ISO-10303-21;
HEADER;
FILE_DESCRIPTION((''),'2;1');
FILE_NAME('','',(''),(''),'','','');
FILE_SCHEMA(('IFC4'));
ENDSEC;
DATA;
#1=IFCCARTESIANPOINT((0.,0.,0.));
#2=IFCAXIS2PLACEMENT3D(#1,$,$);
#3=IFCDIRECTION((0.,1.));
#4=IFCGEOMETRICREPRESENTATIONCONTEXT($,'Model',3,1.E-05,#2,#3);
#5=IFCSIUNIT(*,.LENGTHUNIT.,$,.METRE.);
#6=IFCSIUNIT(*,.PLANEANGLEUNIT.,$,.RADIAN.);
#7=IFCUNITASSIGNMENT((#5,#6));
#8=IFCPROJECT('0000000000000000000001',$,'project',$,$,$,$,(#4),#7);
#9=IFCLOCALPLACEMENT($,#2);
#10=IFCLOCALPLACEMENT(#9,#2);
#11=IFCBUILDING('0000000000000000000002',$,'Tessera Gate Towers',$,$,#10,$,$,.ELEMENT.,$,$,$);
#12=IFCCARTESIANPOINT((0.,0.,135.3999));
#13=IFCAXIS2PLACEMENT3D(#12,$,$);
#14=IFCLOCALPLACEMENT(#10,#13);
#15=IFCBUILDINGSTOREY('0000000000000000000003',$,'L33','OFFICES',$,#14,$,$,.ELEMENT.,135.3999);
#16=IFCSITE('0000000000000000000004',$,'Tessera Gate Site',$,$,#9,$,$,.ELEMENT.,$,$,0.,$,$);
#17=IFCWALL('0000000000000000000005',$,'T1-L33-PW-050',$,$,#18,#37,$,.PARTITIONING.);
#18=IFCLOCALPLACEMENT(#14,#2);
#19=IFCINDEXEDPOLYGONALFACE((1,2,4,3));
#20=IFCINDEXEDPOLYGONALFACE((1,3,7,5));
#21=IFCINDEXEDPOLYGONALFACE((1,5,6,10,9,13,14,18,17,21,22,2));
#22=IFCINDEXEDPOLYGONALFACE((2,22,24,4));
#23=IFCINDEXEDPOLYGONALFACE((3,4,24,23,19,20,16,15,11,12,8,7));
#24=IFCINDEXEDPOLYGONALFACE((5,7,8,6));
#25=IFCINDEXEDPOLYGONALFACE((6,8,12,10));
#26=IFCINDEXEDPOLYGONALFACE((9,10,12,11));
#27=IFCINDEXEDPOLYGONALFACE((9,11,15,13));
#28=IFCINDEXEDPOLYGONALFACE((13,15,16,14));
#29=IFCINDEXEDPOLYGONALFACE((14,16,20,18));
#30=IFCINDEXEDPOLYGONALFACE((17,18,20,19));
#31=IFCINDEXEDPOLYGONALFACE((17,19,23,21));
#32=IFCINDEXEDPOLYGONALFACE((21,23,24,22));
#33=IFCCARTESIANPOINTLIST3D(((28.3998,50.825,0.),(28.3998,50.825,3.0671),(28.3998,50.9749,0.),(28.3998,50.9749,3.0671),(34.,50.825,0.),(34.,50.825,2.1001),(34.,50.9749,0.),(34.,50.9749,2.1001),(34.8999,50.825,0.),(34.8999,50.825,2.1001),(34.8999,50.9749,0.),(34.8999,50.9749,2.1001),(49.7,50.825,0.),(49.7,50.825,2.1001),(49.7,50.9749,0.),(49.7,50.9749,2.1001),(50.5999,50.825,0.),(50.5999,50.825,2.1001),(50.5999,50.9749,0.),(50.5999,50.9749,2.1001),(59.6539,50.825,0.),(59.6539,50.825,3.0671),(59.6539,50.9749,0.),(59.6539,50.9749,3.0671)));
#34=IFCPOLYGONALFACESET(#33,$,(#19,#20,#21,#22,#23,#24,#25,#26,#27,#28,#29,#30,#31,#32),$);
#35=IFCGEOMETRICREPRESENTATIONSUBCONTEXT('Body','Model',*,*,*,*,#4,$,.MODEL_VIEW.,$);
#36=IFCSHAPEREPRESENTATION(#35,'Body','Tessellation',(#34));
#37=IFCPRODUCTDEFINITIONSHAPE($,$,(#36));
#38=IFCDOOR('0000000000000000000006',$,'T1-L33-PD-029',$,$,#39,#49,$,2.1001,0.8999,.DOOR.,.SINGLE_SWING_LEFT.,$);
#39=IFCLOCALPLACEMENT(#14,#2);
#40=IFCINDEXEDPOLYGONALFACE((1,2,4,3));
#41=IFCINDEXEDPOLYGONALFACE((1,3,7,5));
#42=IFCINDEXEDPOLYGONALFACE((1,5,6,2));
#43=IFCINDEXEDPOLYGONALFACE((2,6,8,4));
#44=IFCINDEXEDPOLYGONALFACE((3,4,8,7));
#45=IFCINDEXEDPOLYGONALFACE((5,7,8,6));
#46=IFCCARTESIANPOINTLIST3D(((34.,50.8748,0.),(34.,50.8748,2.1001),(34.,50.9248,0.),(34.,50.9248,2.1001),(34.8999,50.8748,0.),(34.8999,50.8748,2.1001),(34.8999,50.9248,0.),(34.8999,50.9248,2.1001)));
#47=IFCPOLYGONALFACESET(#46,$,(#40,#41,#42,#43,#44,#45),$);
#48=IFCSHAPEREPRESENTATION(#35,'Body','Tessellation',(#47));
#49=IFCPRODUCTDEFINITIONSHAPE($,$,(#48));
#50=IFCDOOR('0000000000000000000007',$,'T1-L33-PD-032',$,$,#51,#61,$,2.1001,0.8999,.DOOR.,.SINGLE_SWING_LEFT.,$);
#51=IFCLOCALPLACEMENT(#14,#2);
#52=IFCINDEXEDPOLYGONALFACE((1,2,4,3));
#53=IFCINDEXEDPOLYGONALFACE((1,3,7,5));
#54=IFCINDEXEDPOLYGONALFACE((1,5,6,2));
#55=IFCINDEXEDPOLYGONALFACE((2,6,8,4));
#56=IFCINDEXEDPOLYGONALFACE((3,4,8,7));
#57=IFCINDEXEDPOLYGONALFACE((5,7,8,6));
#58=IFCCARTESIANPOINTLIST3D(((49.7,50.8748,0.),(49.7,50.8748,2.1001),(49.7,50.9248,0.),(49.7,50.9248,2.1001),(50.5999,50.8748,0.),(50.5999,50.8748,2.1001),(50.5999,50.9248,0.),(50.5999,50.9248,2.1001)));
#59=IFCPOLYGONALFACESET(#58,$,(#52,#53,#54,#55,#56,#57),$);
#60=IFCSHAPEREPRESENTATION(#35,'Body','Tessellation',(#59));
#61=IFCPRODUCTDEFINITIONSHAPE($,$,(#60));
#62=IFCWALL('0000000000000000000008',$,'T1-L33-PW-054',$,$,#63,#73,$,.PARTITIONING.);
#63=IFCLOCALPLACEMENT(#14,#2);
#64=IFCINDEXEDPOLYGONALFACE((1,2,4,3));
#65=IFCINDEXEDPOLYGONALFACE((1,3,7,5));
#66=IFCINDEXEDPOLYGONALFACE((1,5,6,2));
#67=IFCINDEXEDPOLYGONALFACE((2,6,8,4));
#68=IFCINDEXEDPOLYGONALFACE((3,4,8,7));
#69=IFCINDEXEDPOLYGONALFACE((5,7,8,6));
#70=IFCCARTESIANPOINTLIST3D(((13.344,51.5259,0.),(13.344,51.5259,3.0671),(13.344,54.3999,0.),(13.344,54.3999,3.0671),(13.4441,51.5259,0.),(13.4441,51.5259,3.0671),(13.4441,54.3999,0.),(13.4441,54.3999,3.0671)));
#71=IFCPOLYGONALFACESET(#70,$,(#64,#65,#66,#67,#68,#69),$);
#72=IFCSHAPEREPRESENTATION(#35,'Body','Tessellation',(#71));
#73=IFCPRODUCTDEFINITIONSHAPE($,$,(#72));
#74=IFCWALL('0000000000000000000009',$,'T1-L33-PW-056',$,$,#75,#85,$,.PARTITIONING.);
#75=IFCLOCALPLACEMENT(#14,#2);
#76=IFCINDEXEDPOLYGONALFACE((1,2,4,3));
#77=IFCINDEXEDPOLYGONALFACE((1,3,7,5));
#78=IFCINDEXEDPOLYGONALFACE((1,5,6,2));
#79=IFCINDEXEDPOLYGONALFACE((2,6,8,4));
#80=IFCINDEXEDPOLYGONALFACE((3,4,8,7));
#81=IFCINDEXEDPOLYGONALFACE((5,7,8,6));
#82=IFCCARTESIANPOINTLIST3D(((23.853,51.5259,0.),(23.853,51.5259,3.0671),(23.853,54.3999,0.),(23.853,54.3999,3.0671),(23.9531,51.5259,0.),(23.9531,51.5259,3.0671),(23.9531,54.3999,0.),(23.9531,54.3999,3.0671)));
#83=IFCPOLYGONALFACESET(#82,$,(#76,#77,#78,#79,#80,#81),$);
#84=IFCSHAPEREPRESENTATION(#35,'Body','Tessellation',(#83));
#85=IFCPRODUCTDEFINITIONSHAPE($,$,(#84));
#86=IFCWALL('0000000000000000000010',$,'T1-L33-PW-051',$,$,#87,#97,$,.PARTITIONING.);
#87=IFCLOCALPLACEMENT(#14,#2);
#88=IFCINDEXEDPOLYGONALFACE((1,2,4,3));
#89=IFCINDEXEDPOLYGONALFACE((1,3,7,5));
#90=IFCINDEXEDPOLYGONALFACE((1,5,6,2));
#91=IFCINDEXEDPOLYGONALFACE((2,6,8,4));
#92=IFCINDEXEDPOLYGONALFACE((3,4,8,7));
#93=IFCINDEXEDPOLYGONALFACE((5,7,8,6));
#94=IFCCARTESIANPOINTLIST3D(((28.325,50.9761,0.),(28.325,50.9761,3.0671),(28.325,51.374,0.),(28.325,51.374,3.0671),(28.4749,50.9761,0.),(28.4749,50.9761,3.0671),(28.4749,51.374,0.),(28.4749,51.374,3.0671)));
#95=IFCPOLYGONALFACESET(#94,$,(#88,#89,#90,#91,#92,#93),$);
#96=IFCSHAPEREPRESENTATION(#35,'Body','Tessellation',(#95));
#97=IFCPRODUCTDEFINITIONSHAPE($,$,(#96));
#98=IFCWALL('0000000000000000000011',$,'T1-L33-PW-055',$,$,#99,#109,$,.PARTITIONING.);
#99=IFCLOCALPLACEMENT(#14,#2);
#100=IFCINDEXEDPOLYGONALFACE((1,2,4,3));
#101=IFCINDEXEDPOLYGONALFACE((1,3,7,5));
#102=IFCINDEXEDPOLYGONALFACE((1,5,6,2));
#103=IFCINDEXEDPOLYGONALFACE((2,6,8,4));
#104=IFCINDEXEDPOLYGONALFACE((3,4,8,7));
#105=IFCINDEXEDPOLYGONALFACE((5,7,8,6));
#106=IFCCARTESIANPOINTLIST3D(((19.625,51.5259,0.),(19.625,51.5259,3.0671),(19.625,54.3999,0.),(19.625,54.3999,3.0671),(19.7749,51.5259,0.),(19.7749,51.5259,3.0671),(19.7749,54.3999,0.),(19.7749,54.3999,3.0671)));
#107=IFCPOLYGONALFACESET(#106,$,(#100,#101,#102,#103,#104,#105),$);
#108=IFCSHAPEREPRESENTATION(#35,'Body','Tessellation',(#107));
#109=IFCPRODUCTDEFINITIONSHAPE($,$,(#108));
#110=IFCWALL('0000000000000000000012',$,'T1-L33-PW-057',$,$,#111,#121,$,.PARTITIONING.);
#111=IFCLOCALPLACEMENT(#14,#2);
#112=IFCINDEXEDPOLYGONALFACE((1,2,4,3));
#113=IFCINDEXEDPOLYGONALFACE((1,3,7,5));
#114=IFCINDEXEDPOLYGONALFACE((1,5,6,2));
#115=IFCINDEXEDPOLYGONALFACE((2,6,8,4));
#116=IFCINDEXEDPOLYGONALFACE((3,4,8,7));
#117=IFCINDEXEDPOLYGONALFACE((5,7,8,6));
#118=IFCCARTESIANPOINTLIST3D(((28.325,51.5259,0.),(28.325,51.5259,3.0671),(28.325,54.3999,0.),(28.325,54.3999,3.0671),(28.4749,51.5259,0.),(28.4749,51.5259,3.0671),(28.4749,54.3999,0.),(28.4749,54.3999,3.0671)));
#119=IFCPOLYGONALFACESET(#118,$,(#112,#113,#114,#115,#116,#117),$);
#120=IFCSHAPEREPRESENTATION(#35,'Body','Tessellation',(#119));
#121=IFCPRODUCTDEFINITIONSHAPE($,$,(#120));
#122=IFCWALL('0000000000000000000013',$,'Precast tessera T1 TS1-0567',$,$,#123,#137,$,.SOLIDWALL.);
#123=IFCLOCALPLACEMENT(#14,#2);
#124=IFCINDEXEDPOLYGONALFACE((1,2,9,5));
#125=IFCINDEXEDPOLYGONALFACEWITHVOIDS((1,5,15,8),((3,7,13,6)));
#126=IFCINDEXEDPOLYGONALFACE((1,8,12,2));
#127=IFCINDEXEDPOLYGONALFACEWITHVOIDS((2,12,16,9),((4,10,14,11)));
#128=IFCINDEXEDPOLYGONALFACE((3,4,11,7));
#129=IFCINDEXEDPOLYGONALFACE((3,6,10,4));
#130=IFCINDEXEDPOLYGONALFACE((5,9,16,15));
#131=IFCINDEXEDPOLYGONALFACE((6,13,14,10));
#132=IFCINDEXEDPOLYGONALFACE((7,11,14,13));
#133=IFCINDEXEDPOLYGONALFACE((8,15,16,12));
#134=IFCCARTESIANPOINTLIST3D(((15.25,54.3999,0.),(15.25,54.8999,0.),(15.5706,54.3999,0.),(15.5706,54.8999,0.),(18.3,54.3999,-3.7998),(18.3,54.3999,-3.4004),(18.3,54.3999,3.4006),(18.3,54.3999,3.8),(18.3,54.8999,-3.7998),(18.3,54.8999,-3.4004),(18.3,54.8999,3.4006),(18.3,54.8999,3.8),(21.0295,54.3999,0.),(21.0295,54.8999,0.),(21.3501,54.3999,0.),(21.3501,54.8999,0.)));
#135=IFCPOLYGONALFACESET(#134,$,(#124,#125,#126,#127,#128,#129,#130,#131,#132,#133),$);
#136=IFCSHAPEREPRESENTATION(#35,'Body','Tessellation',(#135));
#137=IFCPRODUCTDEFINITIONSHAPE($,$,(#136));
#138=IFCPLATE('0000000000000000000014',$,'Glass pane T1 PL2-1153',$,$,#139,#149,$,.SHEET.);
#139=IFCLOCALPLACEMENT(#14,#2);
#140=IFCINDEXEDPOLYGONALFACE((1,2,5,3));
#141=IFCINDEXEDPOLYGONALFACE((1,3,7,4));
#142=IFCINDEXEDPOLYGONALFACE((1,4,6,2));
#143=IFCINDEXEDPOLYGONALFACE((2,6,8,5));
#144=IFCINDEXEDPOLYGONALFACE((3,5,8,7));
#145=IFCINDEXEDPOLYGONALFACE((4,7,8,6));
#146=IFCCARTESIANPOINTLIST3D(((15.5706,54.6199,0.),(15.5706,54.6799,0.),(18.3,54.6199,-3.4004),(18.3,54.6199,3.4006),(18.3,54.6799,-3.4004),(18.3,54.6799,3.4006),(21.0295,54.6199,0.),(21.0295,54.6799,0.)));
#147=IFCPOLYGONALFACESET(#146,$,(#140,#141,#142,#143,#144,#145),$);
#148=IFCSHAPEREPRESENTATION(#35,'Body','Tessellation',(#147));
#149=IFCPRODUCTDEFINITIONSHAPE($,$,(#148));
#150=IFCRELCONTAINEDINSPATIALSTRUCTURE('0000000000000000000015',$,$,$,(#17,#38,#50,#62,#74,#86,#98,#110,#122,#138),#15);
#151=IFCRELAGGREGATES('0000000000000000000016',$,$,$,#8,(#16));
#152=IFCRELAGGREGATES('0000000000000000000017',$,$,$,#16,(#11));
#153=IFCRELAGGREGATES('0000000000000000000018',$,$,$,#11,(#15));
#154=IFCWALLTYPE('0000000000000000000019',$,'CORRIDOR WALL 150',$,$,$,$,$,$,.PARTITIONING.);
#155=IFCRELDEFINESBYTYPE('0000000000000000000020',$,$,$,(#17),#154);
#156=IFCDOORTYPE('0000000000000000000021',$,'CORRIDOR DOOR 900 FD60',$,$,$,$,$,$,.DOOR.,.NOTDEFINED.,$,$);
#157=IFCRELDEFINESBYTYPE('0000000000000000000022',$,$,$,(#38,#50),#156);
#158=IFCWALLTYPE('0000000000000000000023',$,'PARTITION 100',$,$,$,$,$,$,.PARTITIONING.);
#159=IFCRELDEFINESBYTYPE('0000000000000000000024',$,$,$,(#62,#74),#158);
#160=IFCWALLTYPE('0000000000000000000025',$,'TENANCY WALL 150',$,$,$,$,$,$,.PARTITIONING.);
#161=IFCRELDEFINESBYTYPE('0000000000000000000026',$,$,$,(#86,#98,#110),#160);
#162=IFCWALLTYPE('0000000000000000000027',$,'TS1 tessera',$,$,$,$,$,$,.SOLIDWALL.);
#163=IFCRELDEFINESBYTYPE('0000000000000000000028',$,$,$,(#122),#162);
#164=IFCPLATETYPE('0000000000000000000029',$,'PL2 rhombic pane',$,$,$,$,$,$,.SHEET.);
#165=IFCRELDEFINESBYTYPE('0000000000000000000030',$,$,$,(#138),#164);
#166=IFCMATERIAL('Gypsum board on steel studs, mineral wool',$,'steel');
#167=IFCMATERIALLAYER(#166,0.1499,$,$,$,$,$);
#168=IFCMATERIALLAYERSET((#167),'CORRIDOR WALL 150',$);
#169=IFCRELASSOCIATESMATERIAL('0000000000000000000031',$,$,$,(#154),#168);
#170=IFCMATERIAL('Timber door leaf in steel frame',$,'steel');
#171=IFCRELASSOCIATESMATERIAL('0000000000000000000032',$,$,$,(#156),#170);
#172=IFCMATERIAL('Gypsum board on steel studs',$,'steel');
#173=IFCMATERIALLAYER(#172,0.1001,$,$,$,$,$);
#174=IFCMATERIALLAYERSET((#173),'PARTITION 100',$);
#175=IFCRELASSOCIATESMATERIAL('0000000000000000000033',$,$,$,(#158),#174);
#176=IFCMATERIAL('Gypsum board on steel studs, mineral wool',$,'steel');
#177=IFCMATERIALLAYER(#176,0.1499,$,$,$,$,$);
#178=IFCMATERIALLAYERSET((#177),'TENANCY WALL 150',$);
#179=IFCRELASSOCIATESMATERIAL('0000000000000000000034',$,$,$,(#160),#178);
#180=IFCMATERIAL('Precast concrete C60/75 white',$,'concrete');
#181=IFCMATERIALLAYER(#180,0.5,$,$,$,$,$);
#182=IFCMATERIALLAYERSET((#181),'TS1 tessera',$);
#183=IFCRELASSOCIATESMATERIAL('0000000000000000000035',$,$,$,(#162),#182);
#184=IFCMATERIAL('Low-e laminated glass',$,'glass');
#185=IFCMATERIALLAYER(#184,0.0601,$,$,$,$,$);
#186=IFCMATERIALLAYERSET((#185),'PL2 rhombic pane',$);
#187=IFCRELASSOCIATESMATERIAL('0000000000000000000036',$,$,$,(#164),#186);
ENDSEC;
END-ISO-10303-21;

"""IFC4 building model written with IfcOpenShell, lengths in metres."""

from ifc_helpers import new_model, si_unit, direction, frame, frame_2d, origin, place, context, subcontext, project, spatial, polyline, rectangle, outline, extrude, source, transform, mapped, material, layer, layer_set, type_object, element, fill, save


model = new_model("IFC4")

# Units and contexts
model_context = context("Model", 3, precision=1e-05, world=origin(), true_north=direction((0.0, 1.0)))
body_context = subcontext(model_context, "Body", "Model", "MODEL_VIEW")
ifc_project = project(units=[si_unit("LENGTHUNIT", "METRE"), si_unit("PLANEANGLEUNIT", "RADIAN")], contexts=[model_context])

# Site, building, storey
site_placement = place(None, origin())
site = spatial("IfcSite", under=ifc_project, at=site_placement, Name="Tessera Gate Site", CompositionType="ELEMENT", RefElevation=0.0)
building_placement = place(site_placement, origin())
building = spatial("IfcBuilding", under=site, at=building_placement, Name="Tessera Gate Towers", CompositionType="ELEMENT")
storey_placement = place(building_placement, frame((0.0, 0.0, 135.3999)))
storey = spatial("IfcBuildingStorey", under=building, at=storey_placement, Name="L33", Description="OFFICES", CompositionType="ELEMENT", Elevation=135.3999)

# Shared definitions
ifc_material_1 = material(Name="Gypsum board on steel studs, mineral wool", Category="steel")
ifc_layer_1 = layer(ifc_material_1, 0.1499)
ifc_layer_set_1 = layer_set([ifc_layer_1], Name="CORRIDOR WALL 150")
wall_type_1 = type_object("IfcWallType", Name="CORRIDOR WALL 150", PredefinedType="PARTITIONING", material=ifc_layer_set_1)

# Wall, openings, doors
wall_1_placement = place(storey_placement, frame((28.3999, 50.8999, 0.0), z_axis=(0.0, 0.0, 1.0), x_axis=(1.0, 0.0, 0.0)))
wall_1 = element("IfcWall", 1, at=wall_1_placement, inside=storey, type_object=wall_type_1, Name="T1-L33-PW-050", PredefinedType="PARTITIONING", context=body_context, shape_type="SweptSolid", body=[
    extrude(rectangle(XDim=31.2542, YDim=0.1499, at=frame_2d((15.627, 0.0))), origin(), (0.0, 0.0, 1.0), 3.0671),
])
shared_shape_1 = source(origin(), body_context, "Body", "SweptSolid", [
    extrude(rectangle(XDim=0.8999, YDim=2.1001, at=frame_2d((0.45, 1.05))), frame((0.0, 0.085, 0.0), z_axis=(0.0, -1.0, 0.0), x_axis=(1.0, 0.0, 0.0)), (0.0, 0.0, 1.0), 0.1699),
])
opening_1_placement = place(wall_1_placement, frame((5.6001, 0.0, 0.0)))
opening_1 = element("IfcOpeningElement", 2, at=opening_1_placement, cuts=wall_1, PredefinedType="OPENING", context=body_context, shape_type="MappedRepresentation", body=[
    mapped(shared_shape_1, transform((0.0, 0.0, 0.0), scale=1.0)),
])
opening_2_placement = place(wall_1_placement, frame((21.3, 0.0, 0.0)))
opening_2 = element("IfcOpeningElement", 3, at=opening_2_placement, cuts=wall_1, PredefinedType="OPENING", context=body_context, shape_type="MappedRepresentation", body=[
    mapped(shared_shape_1, transform((0.0, 0.0, 0.0), scale=1.0)),
])
ifc_material_2 = material(Name="Timber door leaf in steel frame", Category="steel")
door_type = type_object("IfcDoorType", Name="CORRIDOR DOOR 900 FD60", OperationType="NOTDEFINED", PredefinedType="DOOR", material=ifc_material_2)
shared_shape_2 = source(origin(), body_context, "Body", "SweptSolid", [
    extrude(rectangle(XDim=0.8999, YDim=2.1001, at=frame_2d((0.45, 1.05))), frame((0.0, 0.0249, 0.0), z_axis=(0.0, -1.0, 0.0), x_axis=(1.0, 0.0, 0.0)), (0.0, 0.0, 1.0), 0.05),
])
door_1_placement = place(opening_1_placement, origin())
door_1 = element("IfcDoor", 4, at=door_1_placement, inside=storey, type_object=door_type, Name="T1-L33-PD-029", OperationType="SINGLE_SWING_LEFT", OverallHeight=2.1001, OverallWidth=0.8999, PredefinedType="DOOR", context=body_context, shape_type="MappedRepresentation", body=[
    mapped(shared_shape_2, transform((0.0, 0.0, 0.0), scale=1.0)),
])
fill(opening_1, door_1)
door_2_placement = place(opening_2_placement, origin())
door_2 = element("IfcDoor", 5, at=door_2_placement, inside=storey, type_object=door_type, Name="T1-L33-PD-032", OperationType="SINGLE_SWING_LEFT", OverallHeight=2.1001, OverallWidth=0.8999, PredefinedType="DOOR", context=body_context, shape_type="MappedRepresentation", body=[
    mapped(shared_shape_2, transform((0.0, 0.0, 0.0), scale=1.0)),
])
fill(opening_2, door_2)

# Walls
ifc_material_3 = material(Name="Gypsum board on steel studs", Category="steel")
ifc_layer_2 = layer(ifc_material_3, 0.1001)
ifc_layer_set_2 = layer_set([ifc_layer_2], Name="PARTITION 100")
wall_type_2 = type_object("IfcWallType", Name="PARTITION 100", PredefinedType="PARTITIONING", material=ifc_layer_set_2)
for number, where, z_axis, x_axis, name in (
    (6, (13.394, 51.5259, 0.0), (0.0, 0.0, 1.0), (0.0, 1.0, 0.0), "T1-L33-PW-054"),
    (7, (23.9031, 51.5259, 0.0), (0.0, 0.0, 1.0), (0.0, 1.0, 0.0), "T1-L33-PW-056"),
):
    element("IfcWall", number, at=place(storey_placement, frame(where, z_axis=z_axis, x_axis=x_axis)), inside=storey, type_object=wall_type_2, Name=name, PredefinedType="PARTITIONING", context=body_context, shape_type="SweptSolid", body=[
        extrude(rectangle(XDim=2.874, YDim=0.1001, at=frame_2d((1.437, 0.0))), origin(), (0.0, 0.0, 1.0), 3.0671),
    ])
ifc_material_4 = material(Name="Gypsum board on steel studs, mineral wool", Category="steel")
ifc_layer_3 = layer(ifc_material_4, 0.1499)
ifc_layer_set_3 = layer_set([ifc_layer_3], Name="TENANCY WALL 150")
wall_type_3 = type_object("IfcWallType", Name="TENANCY WALL 150", PredefinedType="PARTITIONING", material=ifc_layer_set_3)
wall_2_placement = place(storey_placement, frame((28.3999, 50.9761, 0.0), z_axis=(0.0, 0.0, 1.0), x_axis=(0.0, 1.0, 0.0)))
element("IfcWall", 8, at=wall_2_placement, inside=storey, type_object=wall_type_3, Name="T1-L33-PW-051", PredefinedType="PARTITIONING", context=body_context, shape_type="SweptSolid", body=[
    extrude(rectangle(XDim=0.3979, YDim=0.1499, at=frame_2d((0.199, 0.0))), origin(), (0.0, 0.0, 1.0), 3.0671),
])
for number, where, z_axis, x_axis, name in (
    (9, (19.7, 51.5259, 0.0), (0.0, 0.0, 1.0), (0.0, 1.0, 0.0), "T1-L33-PW-055"),
    (10, (28.3999, 51.5259, 0.0), (0.0, 0.0, 1.0), (0.0, 1.0, 0.0), "T1-L33-PW-057"),
):
    element("IfcWall", number, at=place(storey_placement, frame(where, z_axis=z_axis, x_axis=x_axis)), inside=storey, type_object=wall_type_3, Name=name, PredefinedType="PARTITIONING", context=body_context, shape_type="SweptSolid", body=[
        extrude(rectangle(XDim=2.874, YDim=0.1499, at=frame_2d((1.437, 0.0))), origin(), (0.0, 0.0, 1.0), 3.0671),
    ])

# Wall, opening, plate
ifc_material_5 = material(Name="Precast concrete C60/75 white", Category="concrete")
ifc_layer_4 = layer(ifc_material_5, 0.5)
ifc_layer_set_4 = layer_set([ifc_layer_4], Name="TS1 tessera")
wall_type_4 = type_object("IfcWallType", Name="TS1 tessera", PredefinedType="SOLIDWALL", material=ifc_layer_set_4)
shared_shape_3 = source(origin(), body_context, "Body", "SweptSolid", [
    extrude(outline(polyline([(3.05, 0.0), (6.1001, 3.7998), (3.05, 7.5999), (0.0, 3.7998), (3.05, 0.0)])), frame((0.0, 0.25, 0.0), z_axis=(0.0, -1.0, 0.0), x_axis=(1.0, 0.0, 0.0)), (0.0, 0.0, 1.0), 0.5),
])
wall_3_placement = place(storey_placement, frame((21.3501, 54.6499, -3.7998), z_axis=(0.0, 0.0, 1.0), x_axis=(-1.0, 0.0, 0.0)))
wall_3 = element("IfcWall", 11, at=wall_3_placement, inside=storey, type_object=wall_type_4, Name="Precast tessera T1 TS1-0567", PredefinedType="SOLIDWALL", context=body_context, shape_type="MappedRepresentation", body=[
    mapped(shared_shape_3, transform((0.0, 0.0, 0.0), scale=1.0)),
])
shared_shape_4 = source(origin(), body_context, "Body", "SweptSolid", [
    extrude(outline(polyline([(3.05, 0.3994), (5.7795, 3.7998), (3.05, 7.2004), (0.3206, 3.7998), (3.05, 0.3994)])), frame((0.0, 0.26, 0.0), z_axis=(0.0, -1.0, 0.0), x_axis=(1.0, 0.0, 0.0)), (0.0, 0.0, 1.0), 0.52),
])
opening_3_placement = place(wall_3_placement, origin())
opening_3 = element("IfcOpeningElement", 12, at=opening_3_placement, cuts=wall_3, PredefinedType="OPENING", context=body_context, shape_type="MappedRepresentation", body=[
    mapped(shared_shape_4, transform((0.0, 0.0, 0.0), scale=1.0)),
])
ifc_material_6 = material(Name="Low-e laminated glass", Category="glass")
ifc_layer_5 = layer(ifc_material_6, 0.0601)
ifc_layer_set_5 = layer_set([ifc_layer_5], Name="PL2 rhombic pane")
plate_type = type_object("IfcPlateType", Name="PL2 rhombic pane", PredefinedType="SHEET", material=ifc_layer_set_5)
shared_shape_5 = source(origin(), body_context, "Body", "SweptSolid", [
    extrude(outline(polyline([(3.05, 0.3994), (5.7795, 3.7998), (3.05, 7.2004), (0.3206, 3.7998), (3.05, 0.3994)])), frame((0.0, 0.03, 0.0), z_axis=(0.0, -1.0, 0.0), x_axis=(1.0, 0.0, 0.0)), (0.0, 0.0, 1.0), 0.0601),
])
plate_1_placement = place(opening_3_placement, origin())
plate_1 = element("IfcPlate", 13, at=plate_1_placement, inside=storey, type_object=plate_type, Name="Glass pane T1 PL2-1153", PredefinedType="SHEET", context=body_context, shape_type="MappedRepresentation", body=[
    mapped(shared_shape_5, transform((0.0, 0.0, 0.0), scale=1.0)),
])
fill(opening_3, plate_1)

save(model, "model.ifc")
